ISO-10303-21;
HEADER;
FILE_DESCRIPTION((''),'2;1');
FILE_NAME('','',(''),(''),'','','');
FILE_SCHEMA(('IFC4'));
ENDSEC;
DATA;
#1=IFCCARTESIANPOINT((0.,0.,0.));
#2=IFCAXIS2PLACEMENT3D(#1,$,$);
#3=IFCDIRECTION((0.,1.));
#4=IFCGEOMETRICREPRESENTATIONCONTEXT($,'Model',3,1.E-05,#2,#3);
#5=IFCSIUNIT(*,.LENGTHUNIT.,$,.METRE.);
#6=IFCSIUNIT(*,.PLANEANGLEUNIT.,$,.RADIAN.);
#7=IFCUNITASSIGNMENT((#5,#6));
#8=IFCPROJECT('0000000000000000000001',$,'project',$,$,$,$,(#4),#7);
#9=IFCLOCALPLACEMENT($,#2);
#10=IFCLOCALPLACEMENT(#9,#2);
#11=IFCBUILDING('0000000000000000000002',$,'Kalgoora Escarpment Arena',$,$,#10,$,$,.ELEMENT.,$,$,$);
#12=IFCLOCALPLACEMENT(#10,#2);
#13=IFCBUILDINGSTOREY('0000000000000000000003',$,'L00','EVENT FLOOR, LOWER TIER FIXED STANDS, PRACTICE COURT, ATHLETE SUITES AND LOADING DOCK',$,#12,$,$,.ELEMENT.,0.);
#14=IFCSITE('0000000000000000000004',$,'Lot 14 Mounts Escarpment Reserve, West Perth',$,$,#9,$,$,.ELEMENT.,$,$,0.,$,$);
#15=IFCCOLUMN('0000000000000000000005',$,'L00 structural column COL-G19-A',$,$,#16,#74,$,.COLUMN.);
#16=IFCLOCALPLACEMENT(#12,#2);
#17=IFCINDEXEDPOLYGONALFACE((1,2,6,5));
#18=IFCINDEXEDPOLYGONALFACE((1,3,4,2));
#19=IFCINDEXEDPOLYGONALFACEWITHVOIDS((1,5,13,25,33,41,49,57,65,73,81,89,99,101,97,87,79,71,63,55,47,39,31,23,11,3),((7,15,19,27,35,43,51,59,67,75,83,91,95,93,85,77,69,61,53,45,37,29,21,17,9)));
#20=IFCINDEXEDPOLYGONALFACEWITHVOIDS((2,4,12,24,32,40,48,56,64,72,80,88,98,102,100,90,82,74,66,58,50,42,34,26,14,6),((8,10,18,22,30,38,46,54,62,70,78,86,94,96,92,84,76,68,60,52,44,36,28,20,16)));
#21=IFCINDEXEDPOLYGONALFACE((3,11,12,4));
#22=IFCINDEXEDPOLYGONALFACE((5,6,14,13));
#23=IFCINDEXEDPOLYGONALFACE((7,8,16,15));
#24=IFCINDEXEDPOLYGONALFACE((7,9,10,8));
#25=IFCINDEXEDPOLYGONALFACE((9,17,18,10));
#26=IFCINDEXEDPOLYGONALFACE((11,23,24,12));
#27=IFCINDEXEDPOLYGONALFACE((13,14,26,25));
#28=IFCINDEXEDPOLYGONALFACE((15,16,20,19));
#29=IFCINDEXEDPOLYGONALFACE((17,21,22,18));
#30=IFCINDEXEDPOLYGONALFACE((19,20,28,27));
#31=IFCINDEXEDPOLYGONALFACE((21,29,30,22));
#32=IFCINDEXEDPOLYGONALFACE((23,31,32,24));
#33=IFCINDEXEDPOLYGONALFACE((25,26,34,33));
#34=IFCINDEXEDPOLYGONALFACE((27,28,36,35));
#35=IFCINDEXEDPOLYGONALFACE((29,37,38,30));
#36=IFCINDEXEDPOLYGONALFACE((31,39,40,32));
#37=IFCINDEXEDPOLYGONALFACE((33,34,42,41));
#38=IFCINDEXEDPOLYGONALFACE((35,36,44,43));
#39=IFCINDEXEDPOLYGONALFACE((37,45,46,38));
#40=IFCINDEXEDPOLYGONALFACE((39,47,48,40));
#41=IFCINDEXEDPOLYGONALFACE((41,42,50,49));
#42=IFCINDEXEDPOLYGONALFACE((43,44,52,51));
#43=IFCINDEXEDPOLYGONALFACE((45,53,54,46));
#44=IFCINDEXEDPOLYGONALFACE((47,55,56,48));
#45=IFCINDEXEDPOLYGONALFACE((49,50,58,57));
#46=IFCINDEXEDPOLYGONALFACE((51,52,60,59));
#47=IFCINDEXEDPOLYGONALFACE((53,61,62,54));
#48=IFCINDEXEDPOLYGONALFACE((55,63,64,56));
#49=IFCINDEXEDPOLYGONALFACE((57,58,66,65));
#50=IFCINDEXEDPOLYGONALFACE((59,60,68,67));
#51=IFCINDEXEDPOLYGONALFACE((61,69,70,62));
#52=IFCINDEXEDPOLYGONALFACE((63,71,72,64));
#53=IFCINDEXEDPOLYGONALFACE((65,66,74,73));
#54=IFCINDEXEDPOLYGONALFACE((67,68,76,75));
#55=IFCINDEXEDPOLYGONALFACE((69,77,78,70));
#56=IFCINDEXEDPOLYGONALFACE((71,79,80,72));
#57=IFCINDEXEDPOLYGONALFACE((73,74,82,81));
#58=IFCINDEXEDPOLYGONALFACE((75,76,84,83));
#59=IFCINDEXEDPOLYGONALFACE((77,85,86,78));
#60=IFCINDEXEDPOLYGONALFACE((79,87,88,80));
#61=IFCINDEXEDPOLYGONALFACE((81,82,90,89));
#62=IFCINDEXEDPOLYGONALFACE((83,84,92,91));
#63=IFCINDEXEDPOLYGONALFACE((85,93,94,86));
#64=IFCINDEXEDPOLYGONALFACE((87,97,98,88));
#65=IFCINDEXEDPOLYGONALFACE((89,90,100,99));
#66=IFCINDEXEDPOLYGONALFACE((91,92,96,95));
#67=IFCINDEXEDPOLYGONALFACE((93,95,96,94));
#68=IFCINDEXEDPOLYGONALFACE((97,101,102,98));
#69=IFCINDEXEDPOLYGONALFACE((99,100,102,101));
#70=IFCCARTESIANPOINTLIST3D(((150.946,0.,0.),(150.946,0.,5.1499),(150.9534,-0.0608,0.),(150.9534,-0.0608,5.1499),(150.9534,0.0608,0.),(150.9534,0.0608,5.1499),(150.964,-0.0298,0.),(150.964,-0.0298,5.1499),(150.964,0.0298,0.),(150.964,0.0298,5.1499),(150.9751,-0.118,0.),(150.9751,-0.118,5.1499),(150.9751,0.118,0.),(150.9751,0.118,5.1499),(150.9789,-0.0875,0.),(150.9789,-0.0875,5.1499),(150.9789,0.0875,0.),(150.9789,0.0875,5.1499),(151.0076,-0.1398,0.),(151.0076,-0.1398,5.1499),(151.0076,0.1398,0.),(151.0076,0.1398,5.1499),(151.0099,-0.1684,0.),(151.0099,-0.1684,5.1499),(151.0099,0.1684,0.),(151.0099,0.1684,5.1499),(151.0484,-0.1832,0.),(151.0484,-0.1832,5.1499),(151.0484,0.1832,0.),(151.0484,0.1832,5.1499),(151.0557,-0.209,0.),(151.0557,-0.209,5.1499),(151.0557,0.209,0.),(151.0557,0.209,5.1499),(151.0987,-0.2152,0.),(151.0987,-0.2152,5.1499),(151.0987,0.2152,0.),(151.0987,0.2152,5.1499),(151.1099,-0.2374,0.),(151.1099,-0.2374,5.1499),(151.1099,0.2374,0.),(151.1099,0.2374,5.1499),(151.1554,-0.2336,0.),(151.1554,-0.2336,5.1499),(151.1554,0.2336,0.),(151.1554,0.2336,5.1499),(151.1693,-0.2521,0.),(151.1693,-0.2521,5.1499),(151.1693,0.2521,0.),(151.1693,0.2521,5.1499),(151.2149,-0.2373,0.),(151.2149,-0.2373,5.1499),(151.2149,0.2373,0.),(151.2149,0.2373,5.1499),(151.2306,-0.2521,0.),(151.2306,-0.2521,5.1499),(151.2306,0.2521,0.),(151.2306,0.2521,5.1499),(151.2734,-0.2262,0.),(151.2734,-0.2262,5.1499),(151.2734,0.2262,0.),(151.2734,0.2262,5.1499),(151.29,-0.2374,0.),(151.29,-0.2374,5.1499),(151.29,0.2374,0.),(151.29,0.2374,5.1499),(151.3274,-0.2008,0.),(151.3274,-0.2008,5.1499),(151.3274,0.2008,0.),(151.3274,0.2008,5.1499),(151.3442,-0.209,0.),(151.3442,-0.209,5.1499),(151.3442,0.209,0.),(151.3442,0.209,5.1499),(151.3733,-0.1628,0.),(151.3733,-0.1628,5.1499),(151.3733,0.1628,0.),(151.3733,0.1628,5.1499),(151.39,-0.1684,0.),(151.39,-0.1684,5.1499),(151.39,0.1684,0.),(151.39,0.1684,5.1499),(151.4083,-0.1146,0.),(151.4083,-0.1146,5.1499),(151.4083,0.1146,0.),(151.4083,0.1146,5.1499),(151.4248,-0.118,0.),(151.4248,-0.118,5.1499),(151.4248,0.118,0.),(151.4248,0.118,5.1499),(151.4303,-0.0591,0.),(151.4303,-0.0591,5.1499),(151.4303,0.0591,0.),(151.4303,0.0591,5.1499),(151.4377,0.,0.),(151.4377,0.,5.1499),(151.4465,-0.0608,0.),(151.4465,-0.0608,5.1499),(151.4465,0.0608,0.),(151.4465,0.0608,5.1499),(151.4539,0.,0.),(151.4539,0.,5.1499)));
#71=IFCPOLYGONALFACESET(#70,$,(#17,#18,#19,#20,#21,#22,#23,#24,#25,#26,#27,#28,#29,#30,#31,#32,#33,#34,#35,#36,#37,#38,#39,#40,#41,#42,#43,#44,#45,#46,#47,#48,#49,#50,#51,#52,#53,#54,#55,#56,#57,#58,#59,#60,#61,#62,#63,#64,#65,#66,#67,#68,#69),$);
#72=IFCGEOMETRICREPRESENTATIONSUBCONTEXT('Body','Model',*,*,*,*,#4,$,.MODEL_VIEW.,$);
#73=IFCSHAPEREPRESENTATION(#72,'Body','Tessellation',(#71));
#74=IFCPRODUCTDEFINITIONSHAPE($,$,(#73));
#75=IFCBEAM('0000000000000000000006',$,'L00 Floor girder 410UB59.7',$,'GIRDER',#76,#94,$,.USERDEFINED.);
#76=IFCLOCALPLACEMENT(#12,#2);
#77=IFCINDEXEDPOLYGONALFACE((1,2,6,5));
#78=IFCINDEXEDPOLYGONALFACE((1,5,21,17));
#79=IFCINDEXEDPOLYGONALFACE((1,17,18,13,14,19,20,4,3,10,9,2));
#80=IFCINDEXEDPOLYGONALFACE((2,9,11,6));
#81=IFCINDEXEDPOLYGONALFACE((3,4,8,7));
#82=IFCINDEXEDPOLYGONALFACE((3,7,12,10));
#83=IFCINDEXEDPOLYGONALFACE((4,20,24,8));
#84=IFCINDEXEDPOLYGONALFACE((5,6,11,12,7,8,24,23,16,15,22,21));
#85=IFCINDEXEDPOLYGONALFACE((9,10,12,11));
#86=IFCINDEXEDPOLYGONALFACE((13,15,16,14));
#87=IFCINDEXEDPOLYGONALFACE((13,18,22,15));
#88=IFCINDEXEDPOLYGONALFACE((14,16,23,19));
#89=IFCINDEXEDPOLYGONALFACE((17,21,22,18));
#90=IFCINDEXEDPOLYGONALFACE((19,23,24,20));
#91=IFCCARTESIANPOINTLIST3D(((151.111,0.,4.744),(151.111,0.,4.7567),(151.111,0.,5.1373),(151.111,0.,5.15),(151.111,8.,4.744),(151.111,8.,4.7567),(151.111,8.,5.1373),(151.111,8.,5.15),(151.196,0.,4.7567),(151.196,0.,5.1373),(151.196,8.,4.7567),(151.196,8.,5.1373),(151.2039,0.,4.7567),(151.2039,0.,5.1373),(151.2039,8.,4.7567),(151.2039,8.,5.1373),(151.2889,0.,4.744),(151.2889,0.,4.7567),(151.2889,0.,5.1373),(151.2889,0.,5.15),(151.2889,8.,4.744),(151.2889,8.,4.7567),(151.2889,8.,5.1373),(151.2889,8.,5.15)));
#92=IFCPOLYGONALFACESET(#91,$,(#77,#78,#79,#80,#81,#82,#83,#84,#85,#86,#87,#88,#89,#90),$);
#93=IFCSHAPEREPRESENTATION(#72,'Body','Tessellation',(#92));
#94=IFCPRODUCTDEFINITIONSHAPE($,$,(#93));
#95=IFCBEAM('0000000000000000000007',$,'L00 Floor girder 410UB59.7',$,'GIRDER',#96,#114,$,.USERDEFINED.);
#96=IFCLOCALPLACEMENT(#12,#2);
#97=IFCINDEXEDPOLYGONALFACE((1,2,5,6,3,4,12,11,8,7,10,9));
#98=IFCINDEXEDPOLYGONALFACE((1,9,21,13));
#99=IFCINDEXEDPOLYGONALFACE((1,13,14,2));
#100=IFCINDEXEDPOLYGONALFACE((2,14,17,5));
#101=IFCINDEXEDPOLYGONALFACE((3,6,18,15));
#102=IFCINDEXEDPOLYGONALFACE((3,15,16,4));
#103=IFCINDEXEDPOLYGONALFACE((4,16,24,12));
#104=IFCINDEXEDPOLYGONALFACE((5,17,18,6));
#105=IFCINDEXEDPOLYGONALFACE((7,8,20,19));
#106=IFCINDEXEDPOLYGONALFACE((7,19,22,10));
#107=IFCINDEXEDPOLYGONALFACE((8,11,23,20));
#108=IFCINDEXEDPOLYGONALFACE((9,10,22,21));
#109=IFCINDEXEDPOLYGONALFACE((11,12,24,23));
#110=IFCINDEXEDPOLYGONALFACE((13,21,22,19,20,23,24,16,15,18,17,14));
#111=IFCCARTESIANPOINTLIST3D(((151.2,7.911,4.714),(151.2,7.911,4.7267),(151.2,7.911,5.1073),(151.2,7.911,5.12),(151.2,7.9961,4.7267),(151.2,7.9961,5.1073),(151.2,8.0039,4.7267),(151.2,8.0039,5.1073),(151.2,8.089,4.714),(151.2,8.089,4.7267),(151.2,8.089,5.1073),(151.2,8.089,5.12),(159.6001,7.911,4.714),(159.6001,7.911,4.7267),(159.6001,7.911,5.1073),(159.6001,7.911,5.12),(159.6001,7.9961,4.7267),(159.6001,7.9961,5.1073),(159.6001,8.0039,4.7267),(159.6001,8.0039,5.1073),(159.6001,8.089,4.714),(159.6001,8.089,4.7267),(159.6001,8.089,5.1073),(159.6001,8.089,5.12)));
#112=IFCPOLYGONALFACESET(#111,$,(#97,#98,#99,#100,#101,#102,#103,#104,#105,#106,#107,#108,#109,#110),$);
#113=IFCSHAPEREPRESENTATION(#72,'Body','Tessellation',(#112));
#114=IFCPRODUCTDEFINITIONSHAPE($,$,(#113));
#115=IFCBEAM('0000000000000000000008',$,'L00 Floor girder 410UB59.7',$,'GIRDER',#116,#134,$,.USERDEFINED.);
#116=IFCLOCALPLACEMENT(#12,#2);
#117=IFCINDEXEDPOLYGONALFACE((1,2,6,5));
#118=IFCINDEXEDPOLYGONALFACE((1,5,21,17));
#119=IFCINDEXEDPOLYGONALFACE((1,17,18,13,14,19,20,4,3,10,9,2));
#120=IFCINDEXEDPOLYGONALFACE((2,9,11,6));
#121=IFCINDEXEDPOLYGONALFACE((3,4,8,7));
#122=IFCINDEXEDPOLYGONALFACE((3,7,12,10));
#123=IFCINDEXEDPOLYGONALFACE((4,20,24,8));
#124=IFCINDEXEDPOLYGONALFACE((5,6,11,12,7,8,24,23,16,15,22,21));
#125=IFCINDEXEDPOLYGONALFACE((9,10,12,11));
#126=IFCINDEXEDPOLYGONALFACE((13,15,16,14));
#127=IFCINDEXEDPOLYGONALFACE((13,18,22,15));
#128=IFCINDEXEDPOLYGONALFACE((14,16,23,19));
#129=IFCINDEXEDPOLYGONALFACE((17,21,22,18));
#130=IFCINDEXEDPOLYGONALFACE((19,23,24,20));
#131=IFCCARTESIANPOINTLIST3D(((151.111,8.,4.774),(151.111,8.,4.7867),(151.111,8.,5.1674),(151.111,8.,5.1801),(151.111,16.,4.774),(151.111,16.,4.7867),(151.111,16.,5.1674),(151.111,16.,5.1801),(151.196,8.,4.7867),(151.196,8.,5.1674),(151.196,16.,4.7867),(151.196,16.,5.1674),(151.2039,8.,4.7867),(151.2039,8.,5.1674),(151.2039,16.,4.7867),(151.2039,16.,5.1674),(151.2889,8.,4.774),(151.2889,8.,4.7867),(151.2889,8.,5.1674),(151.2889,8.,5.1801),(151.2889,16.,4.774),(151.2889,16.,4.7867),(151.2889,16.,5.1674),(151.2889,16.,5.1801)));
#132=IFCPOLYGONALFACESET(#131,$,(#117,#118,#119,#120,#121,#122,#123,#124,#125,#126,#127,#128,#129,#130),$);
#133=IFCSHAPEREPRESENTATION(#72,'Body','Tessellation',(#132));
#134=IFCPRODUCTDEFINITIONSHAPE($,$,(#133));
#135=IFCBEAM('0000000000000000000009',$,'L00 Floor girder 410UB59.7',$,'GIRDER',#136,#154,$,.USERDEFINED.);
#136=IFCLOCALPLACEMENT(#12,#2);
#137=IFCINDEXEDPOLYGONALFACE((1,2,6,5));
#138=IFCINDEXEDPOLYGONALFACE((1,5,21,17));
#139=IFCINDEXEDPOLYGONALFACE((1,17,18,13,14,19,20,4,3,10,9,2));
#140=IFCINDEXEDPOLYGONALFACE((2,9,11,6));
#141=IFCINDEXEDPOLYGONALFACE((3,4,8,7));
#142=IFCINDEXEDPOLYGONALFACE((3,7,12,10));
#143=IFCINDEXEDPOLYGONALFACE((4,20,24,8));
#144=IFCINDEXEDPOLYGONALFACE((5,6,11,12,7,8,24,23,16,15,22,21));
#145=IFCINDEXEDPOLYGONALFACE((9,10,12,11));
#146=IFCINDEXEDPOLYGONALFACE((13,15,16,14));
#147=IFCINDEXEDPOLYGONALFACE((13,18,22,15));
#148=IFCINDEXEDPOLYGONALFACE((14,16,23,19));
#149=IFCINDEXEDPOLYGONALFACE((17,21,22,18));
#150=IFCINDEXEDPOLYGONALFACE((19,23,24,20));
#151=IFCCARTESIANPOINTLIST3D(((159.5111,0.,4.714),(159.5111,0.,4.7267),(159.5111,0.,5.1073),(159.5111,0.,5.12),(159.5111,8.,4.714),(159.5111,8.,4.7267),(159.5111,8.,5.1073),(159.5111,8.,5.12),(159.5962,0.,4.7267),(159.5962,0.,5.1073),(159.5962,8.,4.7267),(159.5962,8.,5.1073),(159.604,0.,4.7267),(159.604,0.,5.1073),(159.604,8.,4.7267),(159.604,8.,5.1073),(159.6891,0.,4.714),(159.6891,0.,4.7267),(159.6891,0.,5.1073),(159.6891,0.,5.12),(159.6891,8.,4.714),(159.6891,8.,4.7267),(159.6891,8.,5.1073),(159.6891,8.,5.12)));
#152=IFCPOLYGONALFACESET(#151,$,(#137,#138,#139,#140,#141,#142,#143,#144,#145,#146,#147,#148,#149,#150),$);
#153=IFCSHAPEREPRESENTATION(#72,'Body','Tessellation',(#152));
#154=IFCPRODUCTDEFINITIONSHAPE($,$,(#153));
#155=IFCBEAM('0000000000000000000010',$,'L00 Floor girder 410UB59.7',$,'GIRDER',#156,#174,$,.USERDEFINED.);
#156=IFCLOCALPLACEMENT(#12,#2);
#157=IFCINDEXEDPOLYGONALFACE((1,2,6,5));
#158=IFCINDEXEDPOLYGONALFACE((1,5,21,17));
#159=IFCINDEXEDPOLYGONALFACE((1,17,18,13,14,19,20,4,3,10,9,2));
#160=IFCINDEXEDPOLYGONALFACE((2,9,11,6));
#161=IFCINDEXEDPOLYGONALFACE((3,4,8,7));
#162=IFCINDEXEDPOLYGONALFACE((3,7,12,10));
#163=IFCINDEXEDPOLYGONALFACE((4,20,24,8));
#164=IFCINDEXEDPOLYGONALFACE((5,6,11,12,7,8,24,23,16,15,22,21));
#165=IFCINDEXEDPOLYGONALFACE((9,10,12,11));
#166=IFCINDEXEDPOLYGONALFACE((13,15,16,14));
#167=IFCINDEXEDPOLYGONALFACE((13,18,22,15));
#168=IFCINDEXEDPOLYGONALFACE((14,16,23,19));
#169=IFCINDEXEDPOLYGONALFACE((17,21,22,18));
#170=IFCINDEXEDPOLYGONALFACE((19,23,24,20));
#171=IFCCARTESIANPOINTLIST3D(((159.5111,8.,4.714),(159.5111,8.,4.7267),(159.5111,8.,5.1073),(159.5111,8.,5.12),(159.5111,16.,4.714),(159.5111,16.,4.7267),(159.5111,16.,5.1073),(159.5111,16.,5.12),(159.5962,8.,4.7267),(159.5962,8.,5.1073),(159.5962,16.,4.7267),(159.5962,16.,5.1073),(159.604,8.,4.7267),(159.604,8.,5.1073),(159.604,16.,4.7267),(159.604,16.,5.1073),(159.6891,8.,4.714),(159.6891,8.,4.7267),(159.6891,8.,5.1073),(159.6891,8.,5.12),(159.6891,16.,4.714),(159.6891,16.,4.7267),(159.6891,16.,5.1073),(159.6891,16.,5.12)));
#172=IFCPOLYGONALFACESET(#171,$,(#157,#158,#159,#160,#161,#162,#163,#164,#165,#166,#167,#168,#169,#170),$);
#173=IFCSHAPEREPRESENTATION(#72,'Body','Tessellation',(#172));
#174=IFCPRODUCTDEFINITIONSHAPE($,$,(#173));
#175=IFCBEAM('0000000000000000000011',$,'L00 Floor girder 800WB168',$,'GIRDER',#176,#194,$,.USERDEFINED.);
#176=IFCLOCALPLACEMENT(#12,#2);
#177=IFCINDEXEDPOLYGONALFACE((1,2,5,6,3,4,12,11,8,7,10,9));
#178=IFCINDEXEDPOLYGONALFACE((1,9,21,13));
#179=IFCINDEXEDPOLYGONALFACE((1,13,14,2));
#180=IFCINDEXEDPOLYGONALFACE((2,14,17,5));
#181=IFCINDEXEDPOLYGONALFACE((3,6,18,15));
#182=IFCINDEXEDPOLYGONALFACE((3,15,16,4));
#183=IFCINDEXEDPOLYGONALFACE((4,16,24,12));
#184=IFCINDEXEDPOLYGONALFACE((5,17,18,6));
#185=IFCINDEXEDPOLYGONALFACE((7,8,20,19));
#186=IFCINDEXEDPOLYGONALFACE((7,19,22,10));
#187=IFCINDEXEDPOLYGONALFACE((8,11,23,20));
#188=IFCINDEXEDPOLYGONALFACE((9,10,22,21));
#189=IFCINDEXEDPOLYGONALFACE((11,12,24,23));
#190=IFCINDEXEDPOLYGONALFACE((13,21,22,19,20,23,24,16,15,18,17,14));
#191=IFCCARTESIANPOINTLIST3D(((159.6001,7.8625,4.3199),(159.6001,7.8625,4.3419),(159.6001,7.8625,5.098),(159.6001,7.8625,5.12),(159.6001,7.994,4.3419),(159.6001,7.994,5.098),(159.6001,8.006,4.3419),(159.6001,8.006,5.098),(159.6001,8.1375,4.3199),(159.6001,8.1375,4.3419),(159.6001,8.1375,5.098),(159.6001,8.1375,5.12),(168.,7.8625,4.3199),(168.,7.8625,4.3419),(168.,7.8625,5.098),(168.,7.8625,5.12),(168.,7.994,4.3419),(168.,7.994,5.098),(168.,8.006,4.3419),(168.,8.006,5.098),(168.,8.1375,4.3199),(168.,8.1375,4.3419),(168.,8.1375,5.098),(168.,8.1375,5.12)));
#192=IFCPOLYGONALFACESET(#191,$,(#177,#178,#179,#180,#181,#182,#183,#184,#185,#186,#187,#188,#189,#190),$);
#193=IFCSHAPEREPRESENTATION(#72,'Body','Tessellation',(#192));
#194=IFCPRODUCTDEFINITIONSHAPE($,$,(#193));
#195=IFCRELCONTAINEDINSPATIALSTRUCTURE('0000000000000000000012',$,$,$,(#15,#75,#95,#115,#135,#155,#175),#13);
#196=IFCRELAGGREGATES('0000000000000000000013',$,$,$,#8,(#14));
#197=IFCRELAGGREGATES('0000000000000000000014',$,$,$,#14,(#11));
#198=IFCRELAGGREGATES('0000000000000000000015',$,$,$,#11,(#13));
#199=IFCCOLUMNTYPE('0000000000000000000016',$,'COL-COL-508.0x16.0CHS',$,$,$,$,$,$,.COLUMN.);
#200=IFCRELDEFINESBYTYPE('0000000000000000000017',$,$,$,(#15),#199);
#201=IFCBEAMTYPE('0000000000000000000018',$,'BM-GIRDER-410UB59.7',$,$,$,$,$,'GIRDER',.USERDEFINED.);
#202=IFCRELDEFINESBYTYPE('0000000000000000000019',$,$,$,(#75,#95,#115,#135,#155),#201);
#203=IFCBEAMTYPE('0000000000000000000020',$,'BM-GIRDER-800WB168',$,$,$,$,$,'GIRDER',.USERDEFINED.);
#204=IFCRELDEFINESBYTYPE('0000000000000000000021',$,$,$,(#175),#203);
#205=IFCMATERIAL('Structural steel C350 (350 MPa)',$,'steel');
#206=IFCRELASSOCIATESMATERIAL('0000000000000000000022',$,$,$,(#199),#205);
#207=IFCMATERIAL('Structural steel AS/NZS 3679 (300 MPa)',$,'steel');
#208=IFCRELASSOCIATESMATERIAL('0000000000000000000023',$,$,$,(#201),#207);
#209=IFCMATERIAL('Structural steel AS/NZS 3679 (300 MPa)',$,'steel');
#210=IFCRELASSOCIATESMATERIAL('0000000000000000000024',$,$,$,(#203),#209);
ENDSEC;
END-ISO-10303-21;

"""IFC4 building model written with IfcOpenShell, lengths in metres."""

from ifc_helpers import new_model, si_unit, direction, frame, origin, origin_2d, place, context, subcontext, project, spatial, hollow_circle, i_section, extrude, material, material_profile, profile_set, type_object, element, save


model = new_model("IFC4")

# Units and contexts
model_context = context("Model", 3, precision=1e-05, world=origin(), true_north=direction((0.0, 1.0)))
body_context = subcontext(model_context, "Body", "Model", "MODEL_VIEW")
ifc_project = project(units=[si_unit("LENGTHUNIT", "METRE"), si_unit("PLANEANGLEUNIT", "RADIAN")], contexts=[model_context])

# Site, building, storey
site_placement = place(None, origin())
site = spatial("IfcSite", under=ifc_project, at=site_placement, Name="Lot 14 Mounts Escarpment Reserve, West Perth", CompositionType="ELEMENT", RefElevation=0.0)
building_placement = place(site_placement, origin())
building = spatial("IfcBuilding", under=site, at=building_placement, Name="Kalgoora Escarpment Arena", CompositionType="ELEMENT")
storey_placement = place(building_placement, origin())
storey = spatial("IfcBuildingStorey", under=building, at=storey_placement, Name="L00", Description="EVENT FLOOR, LOWER TIER FIXED STANDS, PRACTICE COURT, ATHLETE SUITES AND LOADING DOCK", CompositionType="ELEMENT", Elevation=0.0)

# Column
ifc_material_1 = material(Name="Structural steel C350 (350 MPa)", Category="steel")
ifc_material_profile_1 = material_profile(ifc_material_1, hollow_circle(Radius=0.2539, WallThickness=0.0161, at=origin_2d()))
ifc_profile_set_1 = profile_set([ifc_material_profile_1], Name="Structural steel C350 (350 MPa)")
column_type_1 = type_object("IfcColumnType", Name="COL-COL-508.0x16.0CHS", PredefinedType="COLUMN", material=ifc_profile_set_1)
column_1_placement = place(storey_placement, frame((151.2, 0.0, 0.0), z_axis=(0.0, 0.0, 1.0), x_axis=(1.0, 0.0, 0.0)))
element("IfcColumn", 1, at=column_1_placement, inside=storey, type_object=column_type_1, Name="L00 structural column COL-G19-A", PredefinedType="COLUMN", context=body_context, shape_type="SweptSolid", body=[
    extrude(hollow_circle(Radius=0.2539, WallThickness=0.0161, at=origin_2d()), origin(), (0.0, 0.0, 1.0), 5.1499),
])

# Beams
ifc_material_2 = material(Name="Structural steel AS/NZS 3679 (300 MPa)", Category="steel")
ifc_material_profile_2 = material_profile(ifc_material_2, i_section(OverallWidth=0.178, OverallDepth=0.406, WebThickness=0.0078, FlangeThickness=0.0127, at=origin_2d()))
ifc_profile_set_2 = profile_set([ifc_material_profile_2], Name="Structural steel AS/NZS 3679 (300 MPa)")
beam_type_1 = type_object("IfcBeamType", Name="BM-GIRDER-410UB59.7", ElementType="GIRDER", PredefinedType="USERDEFINED", material=ifc_profile_set_2)
beam_1_placement = place(storey_placement, frame((151.2, 0.0, 4.947), z_axis=(0.0, 1.0, 0.0), x_axis=(-1.0, 0.0, 0.0)))
element("IfcBeam", 2, at=beam_1_placement, inside=storey, type_object=beam_type_1, Name="L00 Floor girder 410UB59.7", ObjectType="GIRDER", PredefinedType="USERDEFINED", context=body_context, shape_type="SweptSolid", body=[
    extrude(i_section(OverallWidth=0.178, OverallDepth=0.406, WebThickness=0.0078, FlangeThickness=0.0127, at=origin_2d()), origin(), (0.0, 0.0, 1.0), 8.0),
])
beam_2_placement = place(storey_placement, frame((151.2, 8.0, 4.917), z_axis=(1.0, 0.0, 0.0), x_axis=(0.0, 1.0, 0.0)))
element("IfcBeam", 3, at=beam_2_placement, inside=storey, type_object=beam_type_1, Name="L00 Floor girder 410UB59.7", ObjectType="GIRDER", PredefinedType="USERDEFINED", context=body_context, shape_type="SweptSolid", body=[
    extrude(i_section(OverallWidth=0.178, OverallDepth=0.406, WebThickness=0.0078, FlangeThickness=0.0127, at=origin_2d()), origin(), (0.0, 0.0, 1.0), 8.4001),
])
for number, where, z_axis, x_axis, name in (
    (4, (151.2, 8.0, 4.9771), (0.0, 1.0, 0.0), (-1.0, 0.0, 0.0), "L00 Floor girder 410UB59.7"),
    (5, (159.6001, 0.0, 4.917), (0.0, 1.0, 0.0), (-1.0, 0.0, 0.0), "L00 Floor girder 410UB59.7"),
    (6, (159.6001, 8.0, 4.917), (0.0, 1.0, 0.0), (-1.0, 0.0, 0.0), "L00 Floor girder 410UB59.7"),
):
    element("IfcBeam", number, at=place(storey_placement, frame(where, z_axis=z_axis, x_axis=x_axis)), inside=storey, type_object=beam_type_1, Name=name, ObjectType="GIRDER", PredefinedType="USERDEFINED", context=body_context, shape_type="SweptSolid", body=[
        extrude(i_section(OverallWidth=0.178, OverallDepth=0.406, WebThickness=0.0078, FlangeThickness=0.0127, at=origin_2d()), origin(), (0.0, 0.0, 1.0), 8.0),
    ])
ifc_material_3 = material(Name="Structural steel AS/NZS 3679 (300 MPa)", Category="steel")
ifc_material_profile_3 = material_profile(ifc_material_3, i_section(OverallWidth=0.2749, OverallDepth=0.8, WebThickness=0.012, FlangeThickness=0.022, at=origin_2d()))
ifc_profile_set_3 = profile_set([ifc_material_profile_3], Name="Structural steel AS/NZS 3679 (300 MPa)")
beam_type_2 = type_object("IfcBeamType", Name="BM-GIRDER-800WB168", ElementType="GIRDER", PredefinedType="USERDEFINED", material=ifc_profile_set_3)
beam_3_placement = place(storey_placement, frame((159.6001, 8.0, 4.72), z_axis=(1.0, 0.0, 0.0), x_axis=(0.0, 1.0, 0.0)))
element("IfcBeam", 7, at=beam_3_placement, inside=storey, type_object=beam_type_2, Name="L00 Floor girder 800WB168", ObjectType="GIRDER", PredefinedType="USERDEFINED", context=body_context, shape_type="SweptSolid", body=[
    extrude(i_section(OverallWidth=0.2749, OverallDepth=0.8, WebThickness=0.012, FlangeThickness=0.022, at=origin_2d()), origin(), (0.0, 0.0, 1.0), 8.3999),
])

save(model, "model.ifc")
